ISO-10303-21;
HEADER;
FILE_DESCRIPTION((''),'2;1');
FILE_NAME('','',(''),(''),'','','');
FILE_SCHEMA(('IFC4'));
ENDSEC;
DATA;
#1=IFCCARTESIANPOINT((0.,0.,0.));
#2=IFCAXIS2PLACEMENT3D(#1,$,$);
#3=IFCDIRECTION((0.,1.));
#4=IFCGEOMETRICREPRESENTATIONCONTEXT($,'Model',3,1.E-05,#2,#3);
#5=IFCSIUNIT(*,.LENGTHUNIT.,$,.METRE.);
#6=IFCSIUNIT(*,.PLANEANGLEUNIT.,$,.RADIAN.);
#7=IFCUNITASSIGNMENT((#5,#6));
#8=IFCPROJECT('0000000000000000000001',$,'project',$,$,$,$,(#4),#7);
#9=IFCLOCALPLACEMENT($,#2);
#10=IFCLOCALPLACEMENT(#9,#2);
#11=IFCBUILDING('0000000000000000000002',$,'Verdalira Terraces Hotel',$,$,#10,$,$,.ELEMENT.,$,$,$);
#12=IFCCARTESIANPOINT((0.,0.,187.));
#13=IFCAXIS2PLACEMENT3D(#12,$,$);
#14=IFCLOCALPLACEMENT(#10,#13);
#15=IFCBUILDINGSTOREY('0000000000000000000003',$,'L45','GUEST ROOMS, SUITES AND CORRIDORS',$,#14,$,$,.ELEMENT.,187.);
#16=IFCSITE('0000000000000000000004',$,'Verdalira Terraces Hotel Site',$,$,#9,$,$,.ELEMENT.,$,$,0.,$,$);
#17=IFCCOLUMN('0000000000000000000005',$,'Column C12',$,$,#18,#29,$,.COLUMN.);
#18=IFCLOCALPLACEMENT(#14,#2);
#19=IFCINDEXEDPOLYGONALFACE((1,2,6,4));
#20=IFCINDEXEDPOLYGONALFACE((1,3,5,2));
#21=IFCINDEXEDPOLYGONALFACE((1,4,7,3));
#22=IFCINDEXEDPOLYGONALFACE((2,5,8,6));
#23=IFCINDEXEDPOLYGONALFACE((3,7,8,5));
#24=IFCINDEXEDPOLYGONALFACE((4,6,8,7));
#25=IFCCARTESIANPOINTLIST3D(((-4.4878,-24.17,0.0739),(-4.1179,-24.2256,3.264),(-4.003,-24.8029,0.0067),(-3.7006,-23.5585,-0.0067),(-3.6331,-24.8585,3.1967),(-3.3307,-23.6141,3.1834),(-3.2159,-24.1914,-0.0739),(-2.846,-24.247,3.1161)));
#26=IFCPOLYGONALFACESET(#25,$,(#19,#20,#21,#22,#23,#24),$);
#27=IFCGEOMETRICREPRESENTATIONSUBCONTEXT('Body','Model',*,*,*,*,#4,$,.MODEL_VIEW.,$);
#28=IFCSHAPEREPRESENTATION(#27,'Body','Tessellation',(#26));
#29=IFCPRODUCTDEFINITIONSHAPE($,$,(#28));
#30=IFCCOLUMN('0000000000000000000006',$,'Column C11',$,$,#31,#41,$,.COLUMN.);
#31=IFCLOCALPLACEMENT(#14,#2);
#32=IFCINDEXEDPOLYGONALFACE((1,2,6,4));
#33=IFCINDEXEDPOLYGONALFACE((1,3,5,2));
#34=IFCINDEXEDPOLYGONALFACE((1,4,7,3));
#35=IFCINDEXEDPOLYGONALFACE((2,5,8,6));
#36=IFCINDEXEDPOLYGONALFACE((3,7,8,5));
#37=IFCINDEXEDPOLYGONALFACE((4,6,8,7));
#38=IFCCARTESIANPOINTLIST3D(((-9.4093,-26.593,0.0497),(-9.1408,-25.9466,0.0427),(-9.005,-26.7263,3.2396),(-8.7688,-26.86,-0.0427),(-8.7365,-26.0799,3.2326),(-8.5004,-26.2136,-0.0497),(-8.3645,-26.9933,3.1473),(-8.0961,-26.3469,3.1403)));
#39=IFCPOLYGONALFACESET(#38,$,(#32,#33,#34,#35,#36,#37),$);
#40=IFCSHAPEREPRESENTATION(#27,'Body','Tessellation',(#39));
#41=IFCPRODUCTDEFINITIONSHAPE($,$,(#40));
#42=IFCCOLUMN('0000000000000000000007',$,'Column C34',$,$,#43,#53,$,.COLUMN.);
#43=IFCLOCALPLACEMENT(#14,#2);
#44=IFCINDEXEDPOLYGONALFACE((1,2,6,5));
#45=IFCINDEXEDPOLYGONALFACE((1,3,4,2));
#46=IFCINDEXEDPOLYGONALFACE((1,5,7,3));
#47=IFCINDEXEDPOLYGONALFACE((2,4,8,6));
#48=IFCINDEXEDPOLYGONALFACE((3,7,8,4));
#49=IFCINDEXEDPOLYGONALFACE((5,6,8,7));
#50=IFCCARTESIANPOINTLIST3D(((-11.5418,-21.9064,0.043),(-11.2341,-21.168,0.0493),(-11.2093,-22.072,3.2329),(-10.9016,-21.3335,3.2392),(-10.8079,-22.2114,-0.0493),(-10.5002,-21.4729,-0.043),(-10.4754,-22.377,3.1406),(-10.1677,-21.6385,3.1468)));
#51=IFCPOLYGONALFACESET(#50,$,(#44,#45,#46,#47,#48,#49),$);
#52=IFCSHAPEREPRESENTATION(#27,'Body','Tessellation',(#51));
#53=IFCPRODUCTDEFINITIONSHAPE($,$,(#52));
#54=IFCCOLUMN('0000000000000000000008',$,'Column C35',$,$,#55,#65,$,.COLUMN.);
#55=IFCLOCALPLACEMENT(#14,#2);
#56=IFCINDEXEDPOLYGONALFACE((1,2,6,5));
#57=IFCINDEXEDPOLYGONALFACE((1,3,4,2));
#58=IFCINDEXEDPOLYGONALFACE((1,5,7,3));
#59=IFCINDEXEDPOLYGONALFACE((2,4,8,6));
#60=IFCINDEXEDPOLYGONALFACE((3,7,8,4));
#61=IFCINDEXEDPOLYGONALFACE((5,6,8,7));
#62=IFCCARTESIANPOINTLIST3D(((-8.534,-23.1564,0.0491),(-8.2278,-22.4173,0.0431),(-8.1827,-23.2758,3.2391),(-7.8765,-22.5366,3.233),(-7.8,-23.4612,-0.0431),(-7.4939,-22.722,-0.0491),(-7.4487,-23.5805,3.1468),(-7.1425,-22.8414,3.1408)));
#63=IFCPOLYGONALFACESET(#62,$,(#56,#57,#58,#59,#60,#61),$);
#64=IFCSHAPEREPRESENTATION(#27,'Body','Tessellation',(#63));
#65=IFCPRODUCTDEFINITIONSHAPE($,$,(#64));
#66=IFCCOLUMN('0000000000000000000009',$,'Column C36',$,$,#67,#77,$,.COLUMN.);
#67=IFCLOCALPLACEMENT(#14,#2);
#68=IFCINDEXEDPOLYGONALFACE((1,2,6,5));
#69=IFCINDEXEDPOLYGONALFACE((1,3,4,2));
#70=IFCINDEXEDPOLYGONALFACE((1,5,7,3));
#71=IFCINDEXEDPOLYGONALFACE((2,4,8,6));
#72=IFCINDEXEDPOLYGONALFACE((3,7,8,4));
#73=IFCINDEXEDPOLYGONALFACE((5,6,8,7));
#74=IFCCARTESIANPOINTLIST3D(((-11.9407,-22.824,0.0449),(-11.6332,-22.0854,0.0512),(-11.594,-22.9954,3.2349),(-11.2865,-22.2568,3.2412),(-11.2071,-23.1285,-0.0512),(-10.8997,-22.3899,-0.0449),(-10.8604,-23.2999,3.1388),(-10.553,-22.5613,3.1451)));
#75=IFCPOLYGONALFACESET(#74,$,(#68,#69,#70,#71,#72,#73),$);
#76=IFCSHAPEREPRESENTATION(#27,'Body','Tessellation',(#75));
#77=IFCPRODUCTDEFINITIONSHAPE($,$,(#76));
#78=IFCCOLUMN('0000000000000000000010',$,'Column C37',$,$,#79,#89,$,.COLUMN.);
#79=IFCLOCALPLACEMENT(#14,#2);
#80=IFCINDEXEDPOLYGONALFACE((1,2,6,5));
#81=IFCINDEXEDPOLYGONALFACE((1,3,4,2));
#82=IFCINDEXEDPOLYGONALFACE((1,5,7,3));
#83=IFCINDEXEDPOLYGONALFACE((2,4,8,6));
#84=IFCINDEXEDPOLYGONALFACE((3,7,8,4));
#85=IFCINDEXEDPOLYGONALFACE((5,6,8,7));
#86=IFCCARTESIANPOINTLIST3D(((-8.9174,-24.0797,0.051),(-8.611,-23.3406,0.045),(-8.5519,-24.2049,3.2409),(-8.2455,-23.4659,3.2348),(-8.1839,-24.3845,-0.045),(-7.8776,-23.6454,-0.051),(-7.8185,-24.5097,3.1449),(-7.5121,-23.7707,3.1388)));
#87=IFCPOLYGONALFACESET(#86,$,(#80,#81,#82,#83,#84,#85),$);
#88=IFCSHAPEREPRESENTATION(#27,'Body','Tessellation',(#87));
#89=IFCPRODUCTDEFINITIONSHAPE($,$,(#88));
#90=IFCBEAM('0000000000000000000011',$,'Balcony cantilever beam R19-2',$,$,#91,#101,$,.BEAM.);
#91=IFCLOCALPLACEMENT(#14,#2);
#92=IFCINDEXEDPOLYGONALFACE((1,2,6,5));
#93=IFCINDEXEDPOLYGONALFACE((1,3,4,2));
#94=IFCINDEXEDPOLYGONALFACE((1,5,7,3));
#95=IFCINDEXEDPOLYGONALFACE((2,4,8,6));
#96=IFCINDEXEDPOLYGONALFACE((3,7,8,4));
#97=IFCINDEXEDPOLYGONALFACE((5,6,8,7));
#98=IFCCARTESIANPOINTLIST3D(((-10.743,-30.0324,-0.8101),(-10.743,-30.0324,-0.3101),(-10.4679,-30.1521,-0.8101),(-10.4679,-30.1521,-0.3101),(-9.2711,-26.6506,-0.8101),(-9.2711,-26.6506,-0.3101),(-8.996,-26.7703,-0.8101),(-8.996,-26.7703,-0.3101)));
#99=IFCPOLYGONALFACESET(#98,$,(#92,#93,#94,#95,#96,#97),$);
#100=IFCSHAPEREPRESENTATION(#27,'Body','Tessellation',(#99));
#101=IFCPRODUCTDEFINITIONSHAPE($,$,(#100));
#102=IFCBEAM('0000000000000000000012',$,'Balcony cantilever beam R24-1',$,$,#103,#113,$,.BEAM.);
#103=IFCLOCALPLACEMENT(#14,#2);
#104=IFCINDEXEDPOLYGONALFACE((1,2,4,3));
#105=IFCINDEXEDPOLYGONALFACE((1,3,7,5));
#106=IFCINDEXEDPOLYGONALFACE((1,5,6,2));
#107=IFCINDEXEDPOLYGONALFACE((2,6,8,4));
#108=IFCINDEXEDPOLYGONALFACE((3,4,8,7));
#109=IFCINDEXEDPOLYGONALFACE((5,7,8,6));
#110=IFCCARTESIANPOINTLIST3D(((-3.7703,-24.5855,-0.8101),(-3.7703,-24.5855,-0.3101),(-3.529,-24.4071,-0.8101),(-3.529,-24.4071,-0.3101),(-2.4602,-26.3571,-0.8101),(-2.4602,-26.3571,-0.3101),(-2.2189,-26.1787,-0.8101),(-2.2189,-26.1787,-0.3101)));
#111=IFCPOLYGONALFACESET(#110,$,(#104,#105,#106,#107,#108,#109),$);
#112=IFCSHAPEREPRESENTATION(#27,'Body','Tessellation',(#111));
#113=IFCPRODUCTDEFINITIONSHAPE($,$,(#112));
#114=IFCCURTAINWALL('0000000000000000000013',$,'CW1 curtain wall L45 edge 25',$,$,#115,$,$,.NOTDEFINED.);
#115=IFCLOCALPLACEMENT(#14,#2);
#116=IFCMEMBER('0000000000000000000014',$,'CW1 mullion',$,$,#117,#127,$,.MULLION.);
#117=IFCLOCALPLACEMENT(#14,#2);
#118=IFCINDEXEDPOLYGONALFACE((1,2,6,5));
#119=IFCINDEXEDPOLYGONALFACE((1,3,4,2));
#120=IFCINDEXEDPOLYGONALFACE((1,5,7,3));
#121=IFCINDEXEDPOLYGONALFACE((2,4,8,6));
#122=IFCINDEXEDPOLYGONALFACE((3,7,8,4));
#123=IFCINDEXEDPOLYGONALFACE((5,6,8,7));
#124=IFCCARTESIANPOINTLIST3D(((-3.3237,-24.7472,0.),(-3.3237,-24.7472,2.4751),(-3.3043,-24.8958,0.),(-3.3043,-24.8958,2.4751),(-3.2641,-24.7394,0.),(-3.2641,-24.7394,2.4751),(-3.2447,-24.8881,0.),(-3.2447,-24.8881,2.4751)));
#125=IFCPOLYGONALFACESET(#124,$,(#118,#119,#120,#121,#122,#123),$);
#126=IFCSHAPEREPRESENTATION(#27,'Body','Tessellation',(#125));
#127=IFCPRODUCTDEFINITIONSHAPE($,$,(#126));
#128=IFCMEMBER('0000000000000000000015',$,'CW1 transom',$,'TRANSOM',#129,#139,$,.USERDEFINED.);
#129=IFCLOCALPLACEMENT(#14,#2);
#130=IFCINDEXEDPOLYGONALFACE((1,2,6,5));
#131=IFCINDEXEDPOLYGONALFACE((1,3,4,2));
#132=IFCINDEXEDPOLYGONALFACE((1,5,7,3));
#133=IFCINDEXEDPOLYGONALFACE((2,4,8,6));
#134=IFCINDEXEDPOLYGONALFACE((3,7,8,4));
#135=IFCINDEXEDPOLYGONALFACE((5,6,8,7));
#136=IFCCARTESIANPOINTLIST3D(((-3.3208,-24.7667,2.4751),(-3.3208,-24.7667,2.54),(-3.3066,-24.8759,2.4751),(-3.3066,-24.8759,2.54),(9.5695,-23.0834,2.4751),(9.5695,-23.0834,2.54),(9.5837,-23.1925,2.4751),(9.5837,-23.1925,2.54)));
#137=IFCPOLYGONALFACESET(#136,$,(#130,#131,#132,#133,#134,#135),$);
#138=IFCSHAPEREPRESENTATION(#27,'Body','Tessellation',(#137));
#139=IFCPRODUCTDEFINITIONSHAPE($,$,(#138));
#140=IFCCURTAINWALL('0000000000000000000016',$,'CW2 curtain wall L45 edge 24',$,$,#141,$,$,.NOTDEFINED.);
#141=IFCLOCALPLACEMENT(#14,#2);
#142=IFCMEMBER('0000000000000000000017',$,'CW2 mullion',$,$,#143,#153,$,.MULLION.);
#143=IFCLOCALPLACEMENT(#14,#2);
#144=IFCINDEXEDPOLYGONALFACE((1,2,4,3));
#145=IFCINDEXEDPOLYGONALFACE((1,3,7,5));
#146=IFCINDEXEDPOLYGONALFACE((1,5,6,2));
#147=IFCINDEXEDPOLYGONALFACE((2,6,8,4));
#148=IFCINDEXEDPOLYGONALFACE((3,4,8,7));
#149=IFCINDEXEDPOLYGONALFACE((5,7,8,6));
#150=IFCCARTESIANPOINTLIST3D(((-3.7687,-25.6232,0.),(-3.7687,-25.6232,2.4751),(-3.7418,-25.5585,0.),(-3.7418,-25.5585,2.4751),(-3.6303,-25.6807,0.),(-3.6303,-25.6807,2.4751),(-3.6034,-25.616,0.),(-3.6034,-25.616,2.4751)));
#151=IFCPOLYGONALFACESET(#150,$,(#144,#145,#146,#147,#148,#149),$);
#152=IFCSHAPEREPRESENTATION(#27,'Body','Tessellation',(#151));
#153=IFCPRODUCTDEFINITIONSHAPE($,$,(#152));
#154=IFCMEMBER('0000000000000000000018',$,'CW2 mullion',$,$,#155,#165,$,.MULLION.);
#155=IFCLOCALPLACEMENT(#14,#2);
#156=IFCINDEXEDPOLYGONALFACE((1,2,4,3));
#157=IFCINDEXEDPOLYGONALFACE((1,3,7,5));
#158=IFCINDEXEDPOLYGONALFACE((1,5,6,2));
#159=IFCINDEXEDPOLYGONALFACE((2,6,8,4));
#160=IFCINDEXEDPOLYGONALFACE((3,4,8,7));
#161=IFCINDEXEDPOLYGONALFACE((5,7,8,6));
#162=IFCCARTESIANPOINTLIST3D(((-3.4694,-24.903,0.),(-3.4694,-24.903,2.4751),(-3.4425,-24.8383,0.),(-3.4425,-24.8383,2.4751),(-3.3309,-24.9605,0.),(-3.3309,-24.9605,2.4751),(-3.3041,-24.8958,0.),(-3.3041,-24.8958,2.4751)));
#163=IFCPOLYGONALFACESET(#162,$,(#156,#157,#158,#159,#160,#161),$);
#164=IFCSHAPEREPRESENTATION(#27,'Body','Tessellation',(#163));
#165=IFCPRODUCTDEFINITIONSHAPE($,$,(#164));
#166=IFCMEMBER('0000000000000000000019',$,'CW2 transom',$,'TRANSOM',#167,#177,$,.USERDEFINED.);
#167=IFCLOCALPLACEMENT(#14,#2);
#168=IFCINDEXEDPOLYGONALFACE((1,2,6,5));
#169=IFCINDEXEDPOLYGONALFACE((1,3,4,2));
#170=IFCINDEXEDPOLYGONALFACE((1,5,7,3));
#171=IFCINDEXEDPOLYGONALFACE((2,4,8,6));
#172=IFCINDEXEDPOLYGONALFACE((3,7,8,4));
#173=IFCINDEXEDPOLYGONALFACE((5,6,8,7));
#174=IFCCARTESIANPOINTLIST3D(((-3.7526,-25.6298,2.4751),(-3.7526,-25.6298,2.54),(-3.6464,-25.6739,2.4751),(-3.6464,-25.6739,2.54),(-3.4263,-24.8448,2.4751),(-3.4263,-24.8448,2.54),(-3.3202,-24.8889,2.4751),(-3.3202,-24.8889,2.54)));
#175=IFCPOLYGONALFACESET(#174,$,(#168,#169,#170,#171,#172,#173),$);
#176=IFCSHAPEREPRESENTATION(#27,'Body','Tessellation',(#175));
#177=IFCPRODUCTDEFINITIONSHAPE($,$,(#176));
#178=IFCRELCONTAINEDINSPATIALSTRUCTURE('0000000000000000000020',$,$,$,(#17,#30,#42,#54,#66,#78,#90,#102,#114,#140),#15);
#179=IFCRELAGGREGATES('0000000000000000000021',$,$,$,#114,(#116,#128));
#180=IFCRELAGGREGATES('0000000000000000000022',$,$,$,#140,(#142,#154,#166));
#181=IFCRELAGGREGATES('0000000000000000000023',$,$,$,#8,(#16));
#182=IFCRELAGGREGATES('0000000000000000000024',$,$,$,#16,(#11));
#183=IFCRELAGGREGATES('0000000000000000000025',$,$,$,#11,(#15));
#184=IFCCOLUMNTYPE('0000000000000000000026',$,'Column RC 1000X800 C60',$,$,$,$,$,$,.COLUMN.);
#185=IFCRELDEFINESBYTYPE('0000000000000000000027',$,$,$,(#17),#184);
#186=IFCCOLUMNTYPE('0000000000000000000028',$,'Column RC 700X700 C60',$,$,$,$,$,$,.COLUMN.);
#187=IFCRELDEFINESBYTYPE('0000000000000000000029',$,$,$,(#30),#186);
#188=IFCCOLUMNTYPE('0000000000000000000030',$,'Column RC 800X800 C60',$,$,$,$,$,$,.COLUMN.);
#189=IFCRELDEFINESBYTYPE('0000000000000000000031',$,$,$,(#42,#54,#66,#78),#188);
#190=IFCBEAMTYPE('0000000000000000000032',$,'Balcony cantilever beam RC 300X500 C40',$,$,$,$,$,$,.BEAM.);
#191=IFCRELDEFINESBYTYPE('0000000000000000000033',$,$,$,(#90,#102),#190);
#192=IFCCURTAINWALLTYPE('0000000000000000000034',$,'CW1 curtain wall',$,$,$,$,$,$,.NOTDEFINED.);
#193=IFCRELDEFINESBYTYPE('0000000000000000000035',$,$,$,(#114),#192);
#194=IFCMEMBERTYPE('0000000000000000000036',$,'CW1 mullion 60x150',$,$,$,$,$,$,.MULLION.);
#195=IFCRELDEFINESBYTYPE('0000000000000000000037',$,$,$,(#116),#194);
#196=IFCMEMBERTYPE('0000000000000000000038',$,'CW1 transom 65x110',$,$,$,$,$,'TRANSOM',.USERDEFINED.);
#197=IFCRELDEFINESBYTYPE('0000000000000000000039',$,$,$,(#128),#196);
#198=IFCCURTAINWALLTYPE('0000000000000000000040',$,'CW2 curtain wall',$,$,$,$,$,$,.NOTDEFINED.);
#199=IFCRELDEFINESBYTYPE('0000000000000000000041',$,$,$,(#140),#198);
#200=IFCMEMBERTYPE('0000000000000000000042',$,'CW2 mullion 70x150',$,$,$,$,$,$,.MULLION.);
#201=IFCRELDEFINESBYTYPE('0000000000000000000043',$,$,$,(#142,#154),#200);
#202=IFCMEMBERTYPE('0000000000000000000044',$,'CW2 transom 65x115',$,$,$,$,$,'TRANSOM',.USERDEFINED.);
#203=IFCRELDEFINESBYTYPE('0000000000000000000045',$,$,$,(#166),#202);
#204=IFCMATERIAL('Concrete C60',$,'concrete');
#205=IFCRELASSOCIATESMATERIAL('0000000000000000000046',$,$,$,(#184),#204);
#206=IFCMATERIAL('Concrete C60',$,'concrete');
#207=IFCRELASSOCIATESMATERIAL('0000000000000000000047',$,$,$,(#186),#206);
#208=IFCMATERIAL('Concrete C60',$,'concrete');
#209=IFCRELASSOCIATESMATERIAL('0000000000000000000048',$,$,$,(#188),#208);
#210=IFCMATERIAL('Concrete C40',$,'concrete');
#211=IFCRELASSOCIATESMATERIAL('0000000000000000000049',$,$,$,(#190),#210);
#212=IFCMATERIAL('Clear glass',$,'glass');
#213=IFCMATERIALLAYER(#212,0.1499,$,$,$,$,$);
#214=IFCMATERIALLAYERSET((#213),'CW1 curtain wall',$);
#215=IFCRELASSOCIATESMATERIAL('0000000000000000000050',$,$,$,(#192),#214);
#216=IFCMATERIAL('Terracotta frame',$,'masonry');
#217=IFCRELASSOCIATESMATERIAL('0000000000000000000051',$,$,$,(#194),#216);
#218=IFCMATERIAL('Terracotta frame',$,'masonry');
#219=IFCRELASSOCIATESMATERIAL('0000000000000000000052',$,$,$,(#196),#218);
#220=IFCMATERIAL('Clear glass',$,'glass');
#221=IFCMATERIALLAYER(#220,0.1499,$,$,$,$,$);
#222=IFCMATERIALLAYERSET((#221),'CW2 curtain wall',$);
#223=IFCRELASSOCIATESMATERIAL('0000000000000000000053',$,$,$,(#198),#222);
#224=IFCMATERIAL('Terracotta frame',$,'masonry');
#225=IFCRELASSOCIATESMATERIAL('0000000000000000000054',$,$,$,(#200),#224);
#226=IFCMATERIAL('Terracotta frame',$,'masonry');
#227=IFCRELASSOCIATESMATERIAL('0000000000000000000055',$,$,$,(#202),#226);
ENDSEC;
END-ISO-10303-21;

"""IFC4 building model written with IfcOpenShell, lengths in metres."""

from ifc_helpers import new_model, si_unit, direction, frame, origin, origin_2d, place, context, subcontext, project, spatial, rectangle, extrude, material, layer, layer_set, material_profile, profile_set, type_object, element, aggregate, save


model = new_model("IFC4")

# Units and contexts
model_context = context("Model", 3, precision=1e-05, world=origin(), true_north=direction((0.0, 1.0)))
body_context = subcontext(model_context, "Body", "Model", "MODEL_VIEW")
ifc_project = project(units=[si_unit("LENGTHUNIT", "METRE"), si_unit("PLANEANGLEUNIT", "RADIAN")], contexts=[model_context])

# Site, building, storey
site_placement = place(None, origin())
site = spatial("IfcSite", under=ifc_project, at=site_placement, Name="Verdalira Terraces Hotel Site", CompositionType="ELEMENT", RefElevation=0.0)
building_placement = place(site_placement, origin())
building = spatial("IfcBuilding", under=site, at=building_placement, Name="Verdalira Terraces Hotel", CompositionType="ELEMENT")
storey_placement = place(building_placement, frame((0.0, 0.0, 187.0)))
storey = spatial("IfcBuildingStorey", under=building, at=storey_placement, Name="L45", Description="GUEST ROOMS, SUITES AND CORRIDORS", CompositionType="ELEMENT", Elevation=187.0)

# Columns
ifc_material_1 = material(Name="Concrete C60", Category="concrete")
ifc_material_profile_1 = material_profile(ifc_material_1, rectangle(XDim=1.0, YDim=0.8, at=origin_2d()), Name="RC 1000X800")
ifc_profile_set_1 = profile_set([ifc_material_profile_1], Name="Concrete C60")
column_type_1 = type_object("IfcColumnType", Name="Column RC 1000X800 C60", PredefinedType="COLUMN", material=ifc_profile_set_1)
column_1_placement = place(storey_placement, frame((-3.8518, -24.1807, 0.0), z_axis=(0.115161, -0.017331, 0.993196), x_axis=(-0.78713, -0.611498, 0.080597)))
element("IfcColumn", 1, at=column_1_placement, inside=storey, type_object=column_type_1, Name="Column C12", PredefinedType="COLUMN", context=body_context, shape_type="SweptSolid", body=[
    extrude(rectangle(XDim=1.0, YDim=0.8, at=origin_2d()), origin(), (0.0, 0.0, 1.0), 3.2119),
])
ifc_material_2 = material(Name="Concrete C60", Category="concrete")
ifc_material_profile_2 = material_profile(ifc_material_2, rectangle(XDim=0.7, YDim=0.7, at=origin_2d()), Name="RC 700X700")
ifc_profile_set_2 = profile_set([ifc_material_profile_2], Name="Concrete C60")
column_type_2 = type_object("IfcColumnType", Name="Column RC 700X700 C60", PredefinedType="COLUMN", material=ifc_profile_set_2)
column_2_placement = place(storey_placement, frame((-8.9548, -26.4033, 0.0), z_axis=(0.125627, -0.041421, 0.991212), x_axis=(0.914947, -0.38141, -0.1319)))
element("IfcColumn", 2, at=column_2_placement, inside=storey, type_object=column_type_2, Name="Column C11", PredefinedType="COLUMN", context=body_context, shape_type="SweptSolid", body=[
    extrude(rectangle(XDim=0.7, YDim=0.7, at=origin_2d()), origin(), (0.0, 0.0, 1.0), 3.2183),
])
ifc_material_3 = material(Name="Concrete C60", Category="concrete")
ifc_material_profile_3 = material_profile(ifc_material_3, rectangle(XDim=0.8, YDim=0.8, at=origin_2d()), Name="RC 800X800")
ifc_profile_set_3 = profile_set([ifc_material_profile_3], Name="Concrete C60")
column_type_3 = type_object("IfcColumnType", Name="Column RC 800X800 C60", PredefinedType="COLUMN", material=ifc_profile_set_3)
for number, where, z_axis, x_axis, name in (
    (3, (-11.021, -21.6897, 0.0), (0.10354, -0.051542, 0.993289), (-0.384603, -0.923049, -0.007806), "Column C34"),
    (4, (-8.0139, -22.9392, 0.0), (0.109396, -0.037175, 0.993303), (-0.382694, -0.923844, 0.007572), "Column C35"),
):
    element("IfcColumn", number, at=place(storey_placement, frame(where, z_axis=z_axis, x_axis=x_axis)), inside=storey, type_object=column_type_3, Name=name, PredefinedType="COLUMN", context=body_context, shape_type="SweptSolid", body=[
        extrude(rectangle(XDim=0.8, YDim=0.8, at=origin_2d()), origin(), (0.0, 0.0, 1.0), 3.2114),
    ])
column_3_placement = place(storey_placement, frame((-11.4202, -22.6069, 0.0), z_axis=(0.107889, -0.053337, 0.992731), x_axis=(-0.384271, -0.923187, -0.007838)))
element("IfcColumn", 5, at=column_3_placement, inside=storey, type_object=column_type_3, Name="Column C36", PredefinedType="COLUMN", context=body_context, shape_type="SweptSolid", body=[
    extrude(rectangle(XDim=0.8, YDim=0.8, at=origin_2d()), origin(), (0.0, 0.0, 1.0), 3.2134),
])
column_4_placement = place(storey_placement, frame((-8.3975, -23.8625, 0.0), z_axis=(0.113741, -0.038977, 0.992746), x_axis=(-0.382926, -0.923748, 0.007604)))
element("IfcColumn", 6, at=column_4_placement, inside=storey, type_object=column_type_3, Name="Column C37", PredefinedType="COLUMN", context=body_context, shape_type="SweptSolid", body=[
    extrude(rectangle(XDim=0.8, YDim=0.8, at=origin_2d()), origin(), (0.0, 0.0, 1.0), 3.2131),
])

# Beams
ifc_material_4 = material(Name="Concrete C40", Category="concrete")
ifc_material_profile_4 = material_profile(ifc_material_4, rectangle(XDim=0.3, YDim=0.5, at=origin_2d()), Name="RC 300X500")
ifc_profile_set_4 = profile_set([ifc_material_profile_4], Name="Concrete C40")
beam_type_1 = type_object("IfcBeamType", Name="Balcony cantilever beam RC 300X500 C40", PredefinedType="BEAM", material=ifc_profile_set_4)
beam_1_placement = place(storey_placement, frame((-9.1335, -26.7104, -0.5601), z_axis=(-0.399082, -0.916915, 0.0), x_axis=(0.916915, -0.399082, 0.0)))
element("IfcBeam", 7, at=beam_1_placement, inside=storey, type_object=beam_type_1, Name="Balcony cantilever beam R19-2", PredefinedType="BEAM", context=body_context, shape_type="SweptSolid", body=[
    extrude(rectangle(XDim=0.3, YDim=0.5, at=origin_2d()), origin(), (0.0, 0.0, 1.0), 3.6882),
])
beam_2_placement = place(storey_placement, frame((-3.6497, -24.4963, -0.5601), z_axis=(0.594597, -0.804024, 0.0), x_axis=(0.804024, 0.594597, 0.0)))
element("IfcBeam", 8, at=beam_2_placement, inside=storey, type_object=beam_type_1, Name="Balcony cantilever beam R24-1", PredefinedType="BEAM", context=body_context, shape_type="SweptSolid", body=[
    extrude(rectangle(XDim=0.3, YDim=0.5, at=origin_2d()), origin(), (0.0, 0.0, 1.0), 2.2034),
])

# Curtain walls, members
ifc_material_5 = material(Name="Clear glass", Category="glass")
ifc_layer_1 = layer(ifc_material_5, 0.1499)
ifc_layer_set_1 = layer_set([ifc_layer_1], Name="CW1 curtain wall")
curtain_wall_type_1 = type_object("IfcCurtainWallType", Name="CW1 curtain wall", PredefinedType="NOTDEFINED", material=ifc_layer_set_1)
curtain_wall_1_placement = place(storey_placement, origin())
curtain_wall_1 = element("IfcCurtainWall", 9, at=curtain_wall_1_placement, inside=storey, type_object=curtain_wall_type_1, Name="CW1 curtain wall L45 edge 25", PredefinedType="NOTDEFINED")
ifc_material_6 = material(Name="Terracotta frame", Category="masonry")
ifc_material_profile_5 = material_profile(ifc_material_6, rectangle(XDim=0.0601, YDim=0.1499, at=origin_2d()), Name="MU 60x150")
ifc_profile_set_5 = profile_set([ifc_material_profile_5], Name="Terracotta frame")
member_type_1 = type_object("IfcMemberType", Name="CW1 mullion 60x150", PredefinedType="MULLION", material=ifc_profile_set_5)
member_1_placement = place(storey_placement, frame((-3.2842, -24.8176, 0.0), z_axis=(0.0, 0.0, 1.0), x_axis=(0.991581, 0.129488, 0.0)))
member_1 = element("IfcMember", 10, at=member_1_placement, type_object=member_type_1, Name="CW1 mullion", PredefinedType="MULLION", context=body_context, shape_type="SweptSolid", body=[
    extrude(rectangle(XDim=0.0601, YDim=0.1499, at=origin_2d()), origin(), (0.0, 0.0, 1.0), 2.4751),
])
ifc_material_7 = material(Name="Terracotta frame", Category="masonry")
ifc_material_profile_6 = material_profile(ifc_material_7, rectangle(XDim=0.1101, YDim=0.0649, at=origin_2d()), Name="TR 65x110")
ifc_profile_set_6 = profile_set([ifc_material_profile_6], Name="Terracotta frame")
member_type_2 = type_object("IfcMemberType", Name="CW1 transom 65x110", ElementType="TRANSOM", PredefinedType="USERDEFINED", material=ifc_profile_set_6)
member_2_placement = place(storey_placement, frame((-3.3137, -24.8213, 2.5076), z_axis=(0.991581, 0.12949, 0.0), x_axis=(-0.12949, 0.991581, 0.0)))
member_2 = element("IfcMember", 11, at=member_2_placement, type_object=member_type_2, Name="CW1 transom", ObjectType="TRANSOM", PredefinedType="USERDEFINED", context=body_context, shape_type="SweptSolid", body=[
    extrude(rectangle(XDim=0.1101, YDim=0.0649, at=origin_2d()), origin(), (0.0, 0.0, 1.0), 12.9998),
])
ifc_material_8 = material(Name="Clear glass", Category="glass")
ifc_layer_2 = layer(ifc_material_8, 0.1499)
ifc_layer_set_2 = layer_set([ifc_layer_2], Name="CW2 curtain wall")
curtain_wall_type_2 = type_object("IfcCurtainWallType", Name="CW2 curtain wall", PredefinedType="NOTDEFINED", material=ifc_layer_set_2)
curtain_wall_2_placement = place(storey_placement, origin())
curtain_wall_2 = element("IfcCurtainWall", 12, at=curtain_wall_2_placement, inside=storey, type_object=curtain_wall_type_2, Name="CW2 curtain wall L45 edge 24", PredefinedType="NOTDEFINED")
ifc_material_9 = material(Name="Terracotta frame", Category="masonry")
ifc_material_profile_7 = material_profile(ifc_material_9, rectangle(XDim=0.0701, YDim=0.1499, at=origin_2d()), Name="MU 70x150")
ifc_profile_set_7 = profile_set([ifc_material_profile_7], Name="Terracotta frame")
member_type_3 = type_object("IfcMemberType", Name="CW2 mullion 70x150", PredefinedType="MULLION", material=ifc_profile_set_7)
member_3_placement = place(storey_placement, frame((-3.686, -25.6196, 0.0), z_axis=(0.0, 0.0, 1.0), x_axis=(0.383651, 0.923478, 0.0)))
member_3 = element("IfcMember", 13, at=member_3_placement, type_object=member_type_3, Name="CW2 mullion", PredefinedType="MULLION", context=body_context, shape_type="SweptSolid", body=[
    extrude(rectangle(XDim=0.0701, YDim=0.1499, at=origin_2d()), origin(), (0.0, 0.0, 1.0), 2.4751),
])
member_4_placement = place(storey_placement, frame((-3.3867, -24.8994, 0.0), z_axis=(0.0, 0.0, 1.0), x_axis=(0.383651, 0.923478, 0.0)))
member_4 = element("IfcMember", 14, at=member_4_placement, type_object=member_type_3, Name="CW2 mullion", PredefinedType="MULLION", context=body_context, shape_type="SweptSolid", body=[
    extrude(rectangle(XDim=0.0701, YDim=0.1499, at=origin_2d()), origin(), (0.0, 0.0, 1.0), 2.4751),
])
ifc_material_10 = material(Name="Terracotta frame", Category="masonry")
ifc_material_profile_8 = material_profile(ifc_material_10, rectangle(XDim=0.115, YDim=0.0649, at=origin_2d()), Name="TR 65x115")
ifc_profile_set_8 = profile_set([ifc_material_profile_8], Name="Terracotta frame")
member_type_4 = type_object("IfcMemberType", Name="CW2 transom 65x115", ElementType="TRANSOM", PredefinedType="USERDEFINED", material=ifc_profile_set_8)
member_5_placement = place(storey_placement, frame((-3.6995, -25.6519, 2.5076), z_axis=(0.383738, 0.923442, 0.0), x_axis=(-0.923442, 0.383738, 0.0)))
member_5 = element("IfcMember", 15, at=member_5_placement, type_object=member_type_4, Name="CW2 transom", ObjectType="TRANSOM", PredefinedType="USERDEFINED", context=body_context, shape_type="SweptSolid", body=[
    extrude(rectangle(XDim=0.115, YDim=0.0649, at=origin_2d()), origin(), (0.0, 0.0, 1.0), 0.8501),
])

aggregate(curtain_wall_1, [member_1, member_2])

aggregate(curtain_wall_2, [member_3, member_4, member_5])

save(model, "model.ifc")
